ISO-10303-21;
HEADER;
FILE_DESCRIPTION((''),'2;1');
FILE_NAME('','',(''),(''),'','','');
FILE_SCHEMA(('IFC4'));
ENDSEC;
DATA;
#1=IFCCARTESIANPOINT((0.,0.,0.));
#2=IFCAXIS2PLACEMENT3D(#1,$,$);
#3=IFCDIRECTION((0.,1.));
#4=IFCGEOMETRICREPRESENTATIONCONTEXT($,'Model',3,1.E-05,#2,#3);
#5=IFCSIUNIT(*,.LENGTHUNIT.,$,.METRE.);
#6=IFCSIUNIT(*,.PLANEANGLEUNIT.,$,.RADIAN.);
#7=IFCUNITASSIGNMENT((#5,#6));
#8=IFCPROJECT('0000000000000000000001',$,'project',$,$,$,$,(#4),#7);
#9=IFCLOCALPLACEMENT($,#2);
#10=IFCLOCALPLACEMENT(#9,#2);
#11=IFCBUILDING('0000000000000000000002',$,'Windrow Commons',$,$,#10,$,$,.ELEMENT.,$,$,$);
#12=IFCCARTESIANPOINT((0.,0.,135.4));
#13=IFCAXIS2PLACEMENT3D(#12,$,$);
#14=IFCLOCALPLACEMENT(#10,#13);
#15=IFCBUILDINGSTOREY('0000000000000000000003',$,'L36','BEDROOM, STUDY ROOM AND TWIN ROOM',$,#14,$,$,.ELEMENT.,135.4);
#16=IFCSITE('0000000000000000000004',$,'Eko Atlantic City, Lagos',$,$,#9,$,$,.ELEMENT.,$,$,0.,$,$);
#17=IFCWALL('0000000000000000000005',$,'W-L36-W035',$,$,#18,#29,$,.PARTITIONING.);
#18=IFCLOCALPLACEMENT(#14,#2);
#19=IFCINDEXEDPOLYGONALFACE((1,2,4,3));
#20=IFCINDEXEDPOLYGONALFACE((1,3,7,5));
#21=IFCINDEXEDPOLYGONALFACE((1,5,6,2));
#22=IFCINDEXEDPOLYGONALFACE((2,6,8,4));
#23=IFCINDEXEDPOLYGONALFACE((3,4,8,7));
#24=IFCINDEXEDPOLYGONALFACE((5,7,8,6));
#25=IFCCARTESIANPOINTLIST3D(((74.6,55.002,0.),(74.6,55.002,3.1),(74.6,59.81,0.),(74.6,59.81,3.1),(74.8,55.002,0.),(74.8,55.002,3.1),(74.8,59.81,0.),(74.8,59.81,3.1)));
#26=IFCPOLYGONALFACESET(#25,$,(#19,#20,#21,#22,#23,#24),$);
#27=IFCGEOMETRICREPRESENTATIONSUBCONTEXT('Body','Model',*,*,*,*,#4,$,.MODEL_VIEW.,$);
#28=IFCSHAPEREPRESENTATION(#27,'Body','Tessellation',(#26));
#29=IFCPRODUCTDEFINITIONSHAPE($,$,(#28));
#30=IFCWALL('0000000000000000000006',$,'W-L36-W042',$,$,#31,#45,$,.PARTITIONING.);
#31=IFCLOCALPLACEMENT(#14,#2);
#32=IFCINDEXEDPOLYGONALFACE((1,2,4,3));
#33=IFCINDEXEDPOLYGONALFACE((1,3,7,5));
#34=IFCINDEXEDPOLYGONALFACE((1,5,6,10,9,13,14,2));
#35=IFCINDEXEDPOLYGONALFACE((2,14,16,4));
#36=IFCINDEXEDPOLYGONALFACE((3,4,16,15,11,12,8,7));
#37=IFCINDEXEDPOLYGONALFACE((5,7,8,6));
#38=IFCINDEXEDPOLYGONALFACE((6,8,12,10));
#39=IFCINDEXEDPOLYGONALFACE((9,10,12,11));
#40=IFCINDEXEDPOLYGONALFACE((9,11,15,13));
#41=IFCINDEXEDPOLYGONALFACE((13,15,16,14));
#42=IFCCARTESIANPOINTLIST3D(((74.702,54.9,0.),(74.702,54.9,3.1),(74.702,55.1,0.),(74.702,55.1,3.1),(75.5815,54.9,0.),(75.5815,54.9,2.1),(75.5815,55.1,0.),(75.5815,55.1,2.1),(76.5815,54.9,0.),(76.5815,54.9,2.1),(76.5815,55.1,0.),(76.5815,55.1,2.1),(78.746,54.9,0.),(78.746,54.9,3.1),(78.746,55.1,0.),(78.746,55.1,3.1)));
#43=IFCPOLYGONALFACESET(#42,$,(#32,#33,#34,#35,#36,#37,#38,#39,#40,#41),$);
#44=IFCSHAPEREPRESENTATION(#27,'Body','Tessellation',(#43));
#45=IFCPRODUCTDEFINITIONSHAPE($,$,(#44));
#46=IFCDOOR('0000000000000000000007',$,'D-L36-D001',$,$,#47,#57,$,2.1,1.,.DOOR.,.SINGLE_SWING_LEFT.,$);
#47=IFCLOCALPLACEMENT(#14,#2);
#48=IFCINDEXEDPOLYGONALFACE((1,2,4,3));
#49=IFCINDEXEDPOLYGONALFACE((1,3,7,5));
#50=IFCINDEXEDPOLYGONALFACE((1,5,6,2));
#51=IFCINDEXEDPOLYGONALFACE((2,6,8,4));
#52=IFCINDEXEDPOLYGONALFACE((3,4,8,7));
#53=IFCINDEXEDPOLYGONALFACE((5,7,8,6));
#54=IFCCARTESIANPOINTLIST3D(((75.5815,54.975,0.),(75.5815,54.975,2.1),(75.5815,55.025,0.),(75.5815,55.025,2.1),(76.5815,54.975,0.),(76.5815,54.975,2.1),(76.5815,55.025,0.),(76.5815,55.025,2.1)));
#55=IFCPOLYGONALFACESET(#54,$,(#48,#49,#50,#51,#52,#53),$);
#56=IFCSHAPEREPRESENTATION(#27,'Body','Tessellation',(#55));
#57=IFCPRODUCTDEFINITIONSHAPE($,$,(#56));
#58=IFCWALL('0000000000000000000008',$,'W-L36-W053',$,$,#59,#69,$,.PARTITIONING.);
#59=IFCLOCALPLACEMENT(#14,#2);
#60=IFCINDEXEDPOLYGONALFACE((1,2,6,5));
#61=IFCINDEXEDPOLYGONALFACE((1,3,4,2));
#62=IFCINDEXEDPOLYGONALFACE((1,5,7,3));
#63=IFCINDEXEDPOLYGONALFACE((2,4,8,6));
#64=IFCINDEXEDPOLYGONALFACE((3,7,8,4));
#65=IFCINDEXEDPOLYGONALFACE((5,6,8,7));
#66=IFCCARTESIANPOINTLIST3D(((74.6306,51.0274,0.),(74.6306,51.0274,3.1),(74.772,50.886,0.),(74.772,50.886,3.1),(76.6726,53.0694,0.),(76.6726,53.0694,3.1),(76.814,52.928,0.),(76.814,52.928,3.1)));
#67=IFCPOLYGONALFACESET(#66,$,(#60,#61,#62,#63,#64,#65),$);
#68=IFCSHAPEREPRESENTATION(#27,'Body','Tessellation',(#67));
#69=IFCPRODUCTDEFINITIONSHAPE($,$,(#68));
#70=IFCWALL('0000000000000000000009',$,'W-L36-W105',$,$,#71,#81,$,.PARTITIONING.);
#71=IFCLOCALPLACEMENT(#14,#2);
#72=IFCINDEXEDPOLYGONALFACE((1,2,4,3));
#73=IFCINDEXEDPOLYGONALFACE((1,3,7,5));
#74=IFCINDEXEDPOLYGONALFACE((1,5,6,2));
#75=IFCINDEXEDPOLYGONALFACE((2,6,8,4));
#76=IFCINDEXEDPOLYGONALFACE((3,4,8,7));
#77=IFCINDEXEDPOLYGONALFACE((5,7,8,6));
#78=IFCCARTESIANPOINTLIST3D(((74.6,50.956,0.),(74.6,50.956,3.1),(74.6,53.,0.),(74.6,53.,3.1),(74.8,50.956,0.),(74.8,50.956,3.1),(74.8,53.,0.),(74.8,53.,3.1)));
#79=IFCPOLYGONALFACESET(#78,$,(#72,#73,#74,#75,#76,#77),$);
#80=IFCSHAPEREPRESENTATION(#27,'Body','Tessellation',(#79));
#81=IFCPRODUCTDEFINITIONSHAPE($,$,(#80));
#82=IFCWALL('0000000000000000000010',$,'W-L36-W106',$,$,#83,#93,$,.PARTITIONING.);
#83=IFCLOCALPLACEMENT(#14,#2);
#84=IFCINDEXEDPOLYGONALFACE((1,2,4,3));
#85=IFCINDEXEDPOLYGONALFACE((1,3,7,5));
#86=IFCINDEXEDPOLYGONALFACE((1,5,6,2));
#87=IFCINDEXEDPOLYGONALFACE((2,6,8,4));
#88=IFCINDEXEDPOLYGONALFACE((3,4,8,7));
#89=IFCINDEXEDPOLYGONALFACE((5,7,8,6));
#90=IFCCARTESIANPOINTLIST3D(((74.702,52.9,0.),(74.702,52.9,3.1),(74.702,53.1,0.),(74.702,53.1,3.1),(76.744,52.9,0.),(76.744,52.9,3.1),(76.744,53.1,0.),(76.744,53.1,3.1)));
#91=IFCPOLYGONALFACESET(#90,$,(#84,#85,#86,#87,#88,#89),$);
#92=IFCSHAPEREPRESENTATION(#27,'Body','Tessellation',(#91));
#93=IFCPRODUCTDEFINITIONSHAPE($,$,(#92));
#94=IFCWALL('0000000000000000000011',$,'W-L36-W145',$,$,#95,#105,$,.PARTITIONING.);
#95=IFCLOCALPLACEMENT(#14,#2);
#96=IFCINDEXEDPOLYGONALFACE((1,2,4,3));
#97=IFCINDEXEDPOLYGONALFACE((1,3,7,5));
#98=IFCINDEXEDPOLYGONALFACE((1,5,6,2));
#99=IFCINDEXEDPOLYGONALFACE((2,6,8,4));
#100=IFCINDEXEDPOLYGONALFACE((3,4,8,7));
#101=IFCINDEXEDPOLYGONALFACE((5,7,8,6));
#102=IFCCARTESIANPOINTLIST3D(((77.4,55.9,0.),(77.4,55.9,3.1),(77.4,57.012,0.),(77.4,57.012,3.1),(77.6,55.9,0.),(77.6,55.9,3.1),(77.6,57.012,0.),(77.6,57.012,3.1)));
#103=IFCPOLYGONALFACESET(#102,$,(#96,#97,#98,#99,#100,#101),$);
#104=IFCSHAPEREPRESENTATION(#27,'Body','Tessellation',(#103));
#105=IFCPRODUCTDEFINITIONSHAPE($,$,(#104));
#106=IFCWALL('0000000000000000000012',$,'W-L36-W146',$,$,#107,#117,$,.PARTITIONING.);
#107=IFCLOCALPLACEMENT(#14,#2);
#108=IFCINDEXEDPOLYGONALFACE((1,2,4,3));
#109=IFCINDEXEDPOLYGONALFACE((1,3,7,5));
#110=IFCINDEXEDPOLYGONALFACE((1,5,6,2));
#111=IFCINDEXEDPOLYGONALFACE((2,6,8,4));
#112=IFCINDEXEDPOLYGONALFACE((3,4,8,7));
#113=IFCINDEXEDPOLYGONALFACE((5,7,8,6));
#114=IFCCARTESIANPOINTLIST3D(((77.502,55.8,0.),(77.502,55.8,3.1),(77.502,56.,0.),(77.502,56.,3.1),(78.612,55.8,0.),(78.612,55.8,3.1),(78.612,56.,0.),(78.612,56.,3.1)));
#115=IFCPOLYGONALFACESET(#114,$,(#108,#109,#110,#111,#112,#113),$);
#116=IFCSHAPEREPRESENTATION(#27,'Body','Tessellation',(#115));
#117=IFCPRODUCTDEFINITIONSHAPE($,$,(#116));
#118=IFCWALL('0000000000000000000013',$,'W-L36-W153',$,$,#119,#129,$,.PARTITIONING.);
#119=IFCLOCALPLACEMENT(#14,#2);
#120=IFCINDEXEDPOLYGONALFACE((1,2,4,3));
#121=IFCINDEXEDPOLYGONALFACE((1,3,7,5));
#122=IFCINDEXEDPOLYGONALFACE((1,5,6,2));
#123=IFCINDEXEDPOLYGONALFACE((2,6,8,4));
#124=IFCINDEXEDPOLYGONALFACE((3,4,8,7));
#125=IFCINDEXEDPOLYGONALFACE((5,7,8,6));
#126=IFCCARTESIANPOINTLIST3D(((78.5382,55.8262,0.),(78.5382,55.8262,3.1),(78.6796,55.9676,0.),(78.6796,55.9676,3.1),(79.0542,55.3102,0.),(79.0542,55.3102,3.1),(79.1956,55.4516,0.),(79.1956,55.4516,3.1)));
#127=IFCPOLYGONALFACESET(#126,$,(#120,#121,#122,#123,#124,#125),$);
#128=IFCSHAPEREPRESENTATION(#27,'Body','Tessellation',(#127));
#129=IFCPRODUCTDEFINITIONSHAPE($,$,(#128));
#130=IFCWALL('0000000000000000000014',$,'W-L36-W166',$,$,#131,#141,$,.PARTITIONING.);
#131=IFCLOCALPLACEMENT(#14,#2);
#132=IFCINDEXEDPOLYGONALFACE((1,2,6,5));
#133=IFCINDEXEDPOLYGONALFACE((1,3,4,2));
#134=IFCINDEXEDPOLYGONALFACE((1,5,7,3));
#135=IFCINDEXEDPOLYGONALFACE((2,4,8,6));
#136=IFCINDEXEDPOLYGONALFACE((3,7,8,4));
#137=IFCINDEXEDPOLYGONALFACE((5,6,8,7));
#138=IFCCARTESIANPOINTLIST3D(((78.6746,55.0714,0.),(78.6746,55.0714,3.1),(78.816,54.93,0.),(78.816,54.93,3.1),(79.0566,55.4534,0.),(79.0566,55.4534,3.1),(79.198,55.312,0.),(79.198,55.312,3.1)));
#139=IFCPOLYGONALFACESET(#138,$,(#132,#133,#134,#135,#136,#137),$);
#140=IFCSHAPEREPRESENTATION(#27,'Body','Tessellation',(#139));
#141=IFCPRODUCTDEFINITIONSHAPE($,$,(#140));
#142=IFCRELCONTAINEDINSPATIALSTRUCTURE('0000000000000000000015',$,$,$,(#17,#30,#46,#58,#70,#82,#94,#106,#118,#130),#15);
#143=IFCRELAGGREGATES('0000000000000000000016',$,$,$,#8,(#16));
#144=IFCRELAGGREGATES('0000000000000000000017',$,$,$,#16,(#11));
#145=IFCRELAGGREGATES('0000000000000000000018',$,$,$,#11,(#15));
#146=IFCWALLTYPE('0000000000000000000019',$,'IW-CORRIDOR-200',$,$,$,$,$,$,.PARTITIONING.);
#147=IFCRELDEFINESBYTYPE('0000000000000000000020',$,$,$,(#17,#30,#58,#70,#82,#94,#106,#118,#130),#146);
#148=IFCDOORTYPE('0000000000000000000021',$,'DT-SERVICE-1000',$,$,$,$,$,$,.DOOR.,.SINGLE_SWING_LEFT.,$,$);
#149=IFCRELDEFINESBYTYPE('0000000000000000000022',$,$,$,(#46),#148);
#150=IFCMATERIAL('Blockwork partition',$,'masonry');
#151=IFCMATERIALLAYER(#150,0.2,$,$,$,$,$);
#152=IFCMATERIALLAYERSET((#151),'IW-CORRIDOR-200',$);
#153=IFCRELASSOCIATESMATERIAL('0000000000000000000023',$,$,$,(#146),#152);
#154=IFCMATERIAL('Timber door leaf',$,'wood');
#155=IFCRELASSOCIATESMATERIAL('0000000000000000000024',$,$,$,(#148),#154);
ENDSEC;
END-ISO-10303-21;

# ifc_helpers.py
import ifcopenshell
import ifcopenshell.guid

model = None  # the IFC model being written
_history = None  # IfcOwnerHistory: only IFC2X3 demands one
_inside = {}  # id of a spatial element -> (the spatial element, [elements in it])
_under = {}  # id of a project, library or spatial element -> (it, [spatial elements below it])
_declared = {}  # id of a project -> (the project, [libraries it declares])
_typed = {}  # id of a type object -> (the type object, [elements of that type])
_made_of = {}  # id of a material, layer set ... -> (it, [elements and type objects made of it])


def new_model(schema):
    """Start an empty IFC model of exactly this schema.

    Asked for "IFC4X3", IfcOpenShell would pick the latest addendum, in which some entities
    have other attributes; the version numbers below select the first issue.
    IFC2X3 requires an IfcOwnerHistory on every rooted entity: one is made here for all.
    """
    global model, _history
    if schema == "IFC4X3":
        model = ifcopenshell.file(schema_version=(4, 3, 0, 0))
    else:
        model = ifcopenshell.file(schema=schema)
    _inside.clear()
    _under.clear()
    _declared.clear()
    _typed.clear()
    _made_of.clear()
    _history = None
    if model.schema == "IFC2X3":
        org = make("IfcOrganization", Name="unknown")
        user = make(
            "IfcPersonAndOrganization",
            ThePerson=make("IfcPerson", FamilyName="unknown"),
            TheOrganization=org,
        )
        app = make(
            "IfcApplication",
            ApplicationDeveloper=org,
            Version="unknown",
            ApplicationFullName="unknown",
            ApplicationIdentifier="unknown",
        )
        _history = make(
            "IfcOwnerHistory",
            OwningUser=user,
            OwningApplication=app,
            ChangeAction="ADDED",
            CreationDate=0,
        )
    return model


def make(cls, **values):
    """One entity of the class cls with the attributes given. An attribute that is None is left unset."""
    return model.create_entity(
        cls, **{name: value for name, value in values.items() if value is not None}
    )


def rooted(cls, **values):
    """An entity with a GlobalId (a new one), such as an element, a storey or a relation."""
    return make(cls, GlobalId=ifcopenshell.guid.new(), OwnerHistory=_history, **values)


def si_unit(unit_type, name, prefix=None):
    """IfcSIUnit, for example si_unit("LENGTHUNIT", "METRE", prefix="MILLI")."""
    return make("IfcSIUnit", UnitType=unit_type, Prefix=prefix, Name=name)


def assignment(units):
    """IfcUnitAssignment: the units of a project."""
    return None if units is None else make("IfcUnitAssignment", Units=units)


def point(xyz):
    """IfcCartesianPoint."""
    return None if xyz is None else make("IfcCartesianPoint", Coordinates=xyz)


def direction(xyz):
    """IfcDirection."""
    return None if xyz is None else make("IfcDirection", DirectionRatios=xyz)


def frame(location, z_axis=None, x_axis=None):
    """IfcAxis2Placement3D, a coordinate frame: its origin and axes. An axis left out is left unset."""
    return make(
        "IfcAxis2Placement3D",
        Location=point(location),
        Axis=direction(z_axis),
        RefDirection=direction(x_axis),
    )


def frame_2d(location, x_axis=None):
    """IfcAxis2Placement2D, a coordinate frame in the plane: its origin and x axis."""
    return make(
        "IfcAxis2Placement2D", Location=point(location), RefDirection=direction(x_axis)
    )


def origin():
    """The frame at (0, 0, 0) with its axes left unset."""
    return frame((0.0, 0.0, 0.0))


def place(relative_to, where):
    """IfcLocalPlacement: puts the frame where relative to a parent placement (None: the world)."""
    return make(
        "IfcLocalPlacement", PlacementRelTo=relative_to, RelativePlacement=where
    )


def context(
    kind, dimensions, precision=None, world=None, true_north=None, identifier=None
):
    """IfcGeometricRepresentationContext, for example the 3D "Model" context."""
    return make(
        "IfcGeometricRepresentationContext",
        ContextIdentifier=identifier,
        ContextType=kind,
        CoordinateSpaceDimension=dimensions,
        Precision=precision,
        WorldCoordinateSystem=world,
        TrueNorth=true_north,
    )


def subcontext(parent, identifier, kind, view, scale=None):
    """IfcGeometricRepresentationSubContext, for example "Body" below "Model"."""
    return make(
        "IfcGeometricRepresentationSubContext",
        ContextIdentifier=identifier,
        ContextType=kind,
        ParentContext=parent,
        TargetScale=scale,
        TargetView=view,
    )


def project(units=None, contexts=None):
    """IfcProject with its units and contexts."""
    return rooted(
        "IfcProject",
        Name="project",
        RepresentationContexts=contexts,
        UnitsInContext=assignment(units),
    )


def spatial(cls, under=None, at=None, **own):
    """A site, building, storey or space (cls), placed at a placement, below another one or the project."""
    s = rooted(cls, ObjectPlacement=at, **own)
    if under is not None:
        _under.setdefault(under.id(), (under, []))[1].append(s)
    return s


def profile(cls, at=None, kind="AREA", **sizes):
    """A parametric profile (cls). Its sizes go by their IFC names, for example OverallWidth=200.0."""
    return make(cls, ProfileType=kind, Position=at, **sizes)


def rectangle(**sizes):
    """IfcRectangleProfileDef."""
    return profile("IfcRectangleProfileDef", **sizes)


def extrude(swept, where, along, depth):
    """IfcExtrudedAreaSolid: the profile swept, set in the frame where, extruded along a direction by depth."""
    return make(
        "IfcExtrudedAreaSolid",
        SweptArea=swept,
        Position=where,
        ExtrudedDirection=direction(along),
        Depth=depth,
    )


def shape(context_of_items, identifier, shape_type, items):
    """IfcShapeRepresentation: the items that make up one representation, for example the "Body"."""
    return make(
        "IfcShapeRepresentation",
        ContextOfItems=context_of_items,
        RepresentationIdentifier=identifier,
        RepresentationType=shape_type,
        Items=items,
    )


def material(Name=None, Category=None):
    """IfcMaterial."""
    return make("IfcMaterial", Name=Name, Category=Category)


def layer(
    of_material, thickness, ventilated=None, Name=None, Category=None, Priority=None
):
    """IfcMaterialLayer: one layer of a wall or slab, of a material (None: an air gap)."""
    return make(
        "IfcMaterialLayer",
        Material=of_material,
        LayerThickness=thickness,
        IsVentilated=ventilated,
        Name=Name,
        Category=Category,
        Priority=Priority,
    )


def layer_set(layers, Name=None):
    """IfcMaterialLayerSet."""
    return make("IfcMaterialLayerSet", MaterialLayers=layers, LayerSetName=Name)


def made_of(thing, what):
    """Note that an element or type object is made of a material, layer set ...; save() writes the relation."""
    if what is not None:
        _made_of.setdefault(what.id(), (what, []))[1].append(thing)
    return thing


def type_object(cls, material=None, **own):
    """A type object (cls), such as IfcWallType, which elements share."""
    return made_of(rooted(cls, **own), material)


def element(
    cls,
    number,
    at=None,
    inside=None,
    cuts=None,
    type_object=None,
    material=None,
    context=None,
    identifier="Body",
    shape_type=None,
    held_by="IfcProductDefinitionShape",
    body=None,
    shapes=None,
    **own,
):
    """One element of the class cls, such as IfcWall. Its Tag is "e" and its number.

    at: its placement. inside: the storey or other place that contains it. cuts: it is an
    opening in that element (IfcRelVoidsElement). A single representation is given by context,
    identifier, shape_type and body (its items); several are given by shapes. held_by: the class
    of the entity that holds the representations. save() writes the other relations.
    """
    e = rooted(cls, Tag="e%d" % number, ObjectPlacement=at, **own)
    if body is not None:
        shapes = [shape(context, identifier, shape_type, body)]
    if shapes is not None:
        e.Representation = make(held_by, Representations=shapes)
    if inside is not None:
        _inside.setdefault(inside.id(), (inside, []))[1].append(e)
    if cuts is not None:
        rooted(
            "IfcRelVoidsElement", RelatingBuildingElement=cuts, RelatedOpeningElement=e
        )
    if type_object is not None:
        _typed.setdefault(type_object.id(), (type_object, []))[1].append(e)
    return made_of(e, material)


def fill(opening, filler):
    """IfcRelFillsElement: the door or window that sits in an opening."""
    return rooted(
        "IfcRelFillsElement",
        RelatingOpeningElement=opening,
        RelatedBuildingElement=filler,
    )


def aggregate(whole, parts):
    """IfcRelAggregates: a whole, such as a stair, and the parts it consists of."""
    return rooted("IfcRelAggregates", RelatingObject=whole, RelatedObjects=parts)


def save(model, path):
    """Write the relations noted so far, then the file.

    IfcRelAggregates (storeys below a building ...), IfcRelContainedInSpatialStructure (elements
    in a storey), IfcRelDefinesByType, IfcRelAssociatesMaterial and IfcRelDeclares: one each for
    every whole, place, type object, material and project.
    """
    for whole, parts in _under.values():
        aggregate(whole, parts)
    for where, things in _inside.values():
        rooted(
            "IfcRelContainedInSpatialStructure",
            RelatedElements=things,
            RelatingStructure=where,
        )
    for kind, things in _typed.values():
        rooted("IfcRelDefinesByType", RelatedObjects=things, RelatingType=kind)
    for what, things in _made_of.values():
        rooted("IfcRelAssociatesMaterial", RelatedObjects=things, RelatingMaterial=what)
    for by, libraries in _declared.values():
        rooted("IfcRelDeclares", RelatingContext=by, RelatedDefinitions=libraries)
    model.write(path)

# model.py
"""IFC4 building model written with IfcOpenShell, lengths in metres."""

from ifc_helpers import new_model, si_unit, direction, frame, frame_2d, origin, place, context, subcontext, project, spatial, rectangle, extrude, material, layer, layer_set, type_object, element, fill, save


model = new_model("IFC4")

# Units and contexts
model_context = context("Model", 3, precision=1e-05, world=origin(), true_north=direction((0.0, 1.0)))
body_context = subcontext(model_context, "Body", "Model", "MODEL_VIEW")
ifc_project = project(units=[si_unit("LENGTHUNIT", "METRE"), si_unit("PLANEANGLEUNIT", "RADIAN")], contexts=[model_context])

# Site, building, storey
site_placement = place(None, origin())
site = spatial("IfcSite", under=ifc_project, at=site_placement, Name="Eko Atlantic City, Lagos", CompositionType="ELEMENT", RefElevation=0.0)
building_placement = place(site_placement, origin())
building = spatial("IfcBuilding", under=site, at=building_placement, Name="Windrow Commons", CompositionType="ELEMENT")
storey_placement = place(building_placement, frame((0.0, 0.0, 135.4)))
storey = spatial("IfcBuildingStorey", under=building, at=storey_placement, Name="L36", Description="BEDROOM, STUDY ROOM AND TWIN ROOM", CompositionType="ELEMENT", Elevation=135.4)

# Wall
ifc_material_1 = material(Name="Blockwork partition", Category="masonry")
ifc_layer_1 = layer(ifc_material_1, 0.2)
ifc_layer_set_1 = layer_set([ifc_layer_1], Name="IW-CORRIDOR-200")
wall_type_1 = type_object("IfcWallType", Name="IW-CORRIDOR-200", PredefinedType="PARTITIONING", material=ifc_layer_set_1)
wall_1_placement = place(storey_placement, frame((74.7, 55.002, 0.0), z_axis=(0.0, 0.0, 1.0), x_axis=(0.0, 1.0, 0.0)))
element("IfcWall", 1, at=wall_1_placement, inside=storey, type_object=wall_type_1, Name="W-L36-W035", PredefinedType="PARTITIONING", context=body_context, shape_type="SweptSolid", body=[
    extrude(rectangle(XDim=4.808, YDim=0.2, at=frame_2d((2.404, 0.0))), origin(), (0.0, 0.0, 1.0), 3.1),
])

# Wall, opening, door
wall_2_placement = place(storey_placement, frame((74.702, 55.0, 0.0), z_axis=(0.0, 0.0, 1.0), x_axis=(1.0, 0.0, 0.0)))
wall_2 = element("IfcWall", 2, at=wall_2_placement, inside=storey, type_object=wall_type_1, Name="W-L36-W042", PredefinedType="PARTITIONING", context=body_context, shape_type="SweptSolid", body=[
    extrude(rectangle(XDim=4.044, YDim=0.2, at=frame_2d((2.022, 0.0))), origin(), (0.0, 0.0, 1.0), 3.1),
])
opening_1_placement = place(wall_2_placement, frame((0.8795, 0.0, 0.0)))
opening_1 = element("IfcOpeningElement", 3, at=opening_1_placement, cuts=wall_2, PredefinedType="OPENING", context=body_context, shape_type="SweptSolid", body=[
    extrude(rectangle(XDim=1.0, YDim=2.1, at=frame_2d((0.5, 1.05))), frame((0.0, 0.11, 0.0), z_axis=(0.0, -1.0, 0.0), x_axis=(1.0, 0.0, 0.0)), (0.0, 0.0, 1.0), 0.22),
])
ifc_material_2 = material(Name="Timber door leaf", Category="wood")
door_type_1 = type_object("IfcDoorType", Name="DT-SERVICE-1000", OperationType="SINGLE_SWING_LEFT", PredefinedType="DOOR", material=ifc_material_2)
door_1_placement = place(opening_1_placement, origin())
door_1 = element("IfcDoor", 4, at=door_1_placement, inside=storey, type_object=door_type_1, Name="D-L36-D001", OperationType="SINGLE_SWING_LEFT", OverallHeight=2.1, OverallWidth=1.0, PredefinedType="DOOR", context=body_context, shape_type="SweptSolid", body=[
    extrude(rectangle(XDim=1.0, YDim=2.1, at=frame_2d((0.5, 1.05))), frame((0.0, 0.025, 0.0), z_axis=(0.0, -1.0, 0.0), x_axis=(1.0, 0.0, 0.0)), (0.0, 0.0, 1.0), 0.05),
])
fill(opening_1, door_1)

# Walls
wall_3_placement = place(storey_placement, frame((74.7013, 50.9567, 0.0), z_axis=(0.0, 0.0, 1.0), x_axis=(0.707107, 0.707107, 0.0)))
element("IfcWall", 5, at=wall_3_placement, inside=storey, type_object=wall_type_1, Name="W-L36-W053", PredefinedType="PARTITIONING", context=body_context, shape_type="SweptSolid", body=[
    extrude(rectangle(XDim=2.8878, YDim=0.2, at=frame_2d((1.4439, 0.0))), origin(), (0.0, 0.0, 1.0), 3.1),
])
wall_4_placement = place(storey_placement, frame((74.7, 50.956, 0.0), z_axis=(0.0, 0.0, 1.0), x_axis=(0.0, 1.0, 0.0)))
element("IfcWall", 6, at=wall_4_placement, inside=storey, type_object=wall_type_1, Name="W-L36-W105", PredefinedType="PARTITIONING", context=body_context, shape_type="SweptSolid", body=[
    extrude(rectangle(XDim=2.044, YDim=0.2, at=frame_2d((1.022, 0.0))), origin(), (0.0, 0.0, 1.0), 3.1),
])
wall_5_placement = place(storey_placement, frame((74.702, 53.0, 0.0), z_axis=(0.0, 0.0, 1.0), x_axis=(1.0, 0.0, 0.0)))
element("IfcWall", 7, at=wall_5_placement, inside=storey, type_object=wall_type_1, Name="W-L36-W106", PredefinedType="PARTITIONING", context=body_context, shape_type="SweptSolid", body=[
    extrude(rectangle(XDim=2.042, YDim=0.2, at=frame_2d((1.021, 0.0))), origin(), (0.0, 0.0, 1.0), 3.1),
])
wall_6_placement = place(storey_placement, frame((77.5, 55.9, 0.0), z_axis=(0.0, 0.0, 1.0), x_axis=(0.0, 1.0, 0.0)))
element("IfcWall", 8, at=wall_6_placement, inside=storey, type_object=wall_type_1, Name="W-L36-W145", PredefinedType="PARTITIONING", context=body_context, shape_type="SweptSolid", body=[
    extrude(rectangle(XDim=1.112, YDim=0.2, at=frame_2d((0.556, 0.0))), origin(), (0.0, 0.0, 1.0), 3.1),
])
wall_7_placement = place(storey_placement, frame((77.502, 55.9, 0.0), z_axis=(0.0, 0.0, 1.0), x_axis=(1.0, 0.0, 0.0)))
element("IfcWall", 9, at=wall_7_placement, inside=storey, type_object=wall_type_1, Name="W-L36-W146", PredefinedType="PARTITIONING", context=body_context, shape_type="SweptSolid", body=[
    extrude(rectangle(XDim=1.11, YDim=0.2, at=frame_2d((0.555, 0.0))), origin(), (0.0, 0.0, 1.0), 3.1),
])
wall_8_placement = place(storey_placement, frame((78.6089, 55.8969, 0.0), z_axis=(0.0, 0.0, 1.0), x_axis=(0.707107, -0.707107, 0.0)))
element("IfcWall", 10, at=wall_8_placement, inside=storey, type_object=wall_type_1, Name="W-L36-W153", PredefinedType="PARTITIONING", context=body_context, shape_type="SweptSolid", body=[
    extrude(rectangle(XDim=0.7297, YDim=0.2, at=frame_2d((0.3649, 0.0))), origin(), (0.0, 0.0, 1.0), 3.1),
])
wall_9_placement = place(storey_placement, frame((78.7453, 55.0007, 0.0), z_axis=(0.0, 0.0, 1.0), x_axis=(0.707107, 0.707107, 0.0)))
element("IfcWall", 11, at=wall_9_placement, inside=storey, type_object=wall_type_1, Name="W-L36-W166", PredefinedType="PARTITIONING", context=body_context, shape_type="SweptSolid", body=[
    extrude(rectangle(XDim=0.5402, YDim=0.2, at=frame_2d((0.2701, 0.0))), origin(), (0.0, 0.0, 1.0), 3.1),
])

save(model, "model.ifc")
